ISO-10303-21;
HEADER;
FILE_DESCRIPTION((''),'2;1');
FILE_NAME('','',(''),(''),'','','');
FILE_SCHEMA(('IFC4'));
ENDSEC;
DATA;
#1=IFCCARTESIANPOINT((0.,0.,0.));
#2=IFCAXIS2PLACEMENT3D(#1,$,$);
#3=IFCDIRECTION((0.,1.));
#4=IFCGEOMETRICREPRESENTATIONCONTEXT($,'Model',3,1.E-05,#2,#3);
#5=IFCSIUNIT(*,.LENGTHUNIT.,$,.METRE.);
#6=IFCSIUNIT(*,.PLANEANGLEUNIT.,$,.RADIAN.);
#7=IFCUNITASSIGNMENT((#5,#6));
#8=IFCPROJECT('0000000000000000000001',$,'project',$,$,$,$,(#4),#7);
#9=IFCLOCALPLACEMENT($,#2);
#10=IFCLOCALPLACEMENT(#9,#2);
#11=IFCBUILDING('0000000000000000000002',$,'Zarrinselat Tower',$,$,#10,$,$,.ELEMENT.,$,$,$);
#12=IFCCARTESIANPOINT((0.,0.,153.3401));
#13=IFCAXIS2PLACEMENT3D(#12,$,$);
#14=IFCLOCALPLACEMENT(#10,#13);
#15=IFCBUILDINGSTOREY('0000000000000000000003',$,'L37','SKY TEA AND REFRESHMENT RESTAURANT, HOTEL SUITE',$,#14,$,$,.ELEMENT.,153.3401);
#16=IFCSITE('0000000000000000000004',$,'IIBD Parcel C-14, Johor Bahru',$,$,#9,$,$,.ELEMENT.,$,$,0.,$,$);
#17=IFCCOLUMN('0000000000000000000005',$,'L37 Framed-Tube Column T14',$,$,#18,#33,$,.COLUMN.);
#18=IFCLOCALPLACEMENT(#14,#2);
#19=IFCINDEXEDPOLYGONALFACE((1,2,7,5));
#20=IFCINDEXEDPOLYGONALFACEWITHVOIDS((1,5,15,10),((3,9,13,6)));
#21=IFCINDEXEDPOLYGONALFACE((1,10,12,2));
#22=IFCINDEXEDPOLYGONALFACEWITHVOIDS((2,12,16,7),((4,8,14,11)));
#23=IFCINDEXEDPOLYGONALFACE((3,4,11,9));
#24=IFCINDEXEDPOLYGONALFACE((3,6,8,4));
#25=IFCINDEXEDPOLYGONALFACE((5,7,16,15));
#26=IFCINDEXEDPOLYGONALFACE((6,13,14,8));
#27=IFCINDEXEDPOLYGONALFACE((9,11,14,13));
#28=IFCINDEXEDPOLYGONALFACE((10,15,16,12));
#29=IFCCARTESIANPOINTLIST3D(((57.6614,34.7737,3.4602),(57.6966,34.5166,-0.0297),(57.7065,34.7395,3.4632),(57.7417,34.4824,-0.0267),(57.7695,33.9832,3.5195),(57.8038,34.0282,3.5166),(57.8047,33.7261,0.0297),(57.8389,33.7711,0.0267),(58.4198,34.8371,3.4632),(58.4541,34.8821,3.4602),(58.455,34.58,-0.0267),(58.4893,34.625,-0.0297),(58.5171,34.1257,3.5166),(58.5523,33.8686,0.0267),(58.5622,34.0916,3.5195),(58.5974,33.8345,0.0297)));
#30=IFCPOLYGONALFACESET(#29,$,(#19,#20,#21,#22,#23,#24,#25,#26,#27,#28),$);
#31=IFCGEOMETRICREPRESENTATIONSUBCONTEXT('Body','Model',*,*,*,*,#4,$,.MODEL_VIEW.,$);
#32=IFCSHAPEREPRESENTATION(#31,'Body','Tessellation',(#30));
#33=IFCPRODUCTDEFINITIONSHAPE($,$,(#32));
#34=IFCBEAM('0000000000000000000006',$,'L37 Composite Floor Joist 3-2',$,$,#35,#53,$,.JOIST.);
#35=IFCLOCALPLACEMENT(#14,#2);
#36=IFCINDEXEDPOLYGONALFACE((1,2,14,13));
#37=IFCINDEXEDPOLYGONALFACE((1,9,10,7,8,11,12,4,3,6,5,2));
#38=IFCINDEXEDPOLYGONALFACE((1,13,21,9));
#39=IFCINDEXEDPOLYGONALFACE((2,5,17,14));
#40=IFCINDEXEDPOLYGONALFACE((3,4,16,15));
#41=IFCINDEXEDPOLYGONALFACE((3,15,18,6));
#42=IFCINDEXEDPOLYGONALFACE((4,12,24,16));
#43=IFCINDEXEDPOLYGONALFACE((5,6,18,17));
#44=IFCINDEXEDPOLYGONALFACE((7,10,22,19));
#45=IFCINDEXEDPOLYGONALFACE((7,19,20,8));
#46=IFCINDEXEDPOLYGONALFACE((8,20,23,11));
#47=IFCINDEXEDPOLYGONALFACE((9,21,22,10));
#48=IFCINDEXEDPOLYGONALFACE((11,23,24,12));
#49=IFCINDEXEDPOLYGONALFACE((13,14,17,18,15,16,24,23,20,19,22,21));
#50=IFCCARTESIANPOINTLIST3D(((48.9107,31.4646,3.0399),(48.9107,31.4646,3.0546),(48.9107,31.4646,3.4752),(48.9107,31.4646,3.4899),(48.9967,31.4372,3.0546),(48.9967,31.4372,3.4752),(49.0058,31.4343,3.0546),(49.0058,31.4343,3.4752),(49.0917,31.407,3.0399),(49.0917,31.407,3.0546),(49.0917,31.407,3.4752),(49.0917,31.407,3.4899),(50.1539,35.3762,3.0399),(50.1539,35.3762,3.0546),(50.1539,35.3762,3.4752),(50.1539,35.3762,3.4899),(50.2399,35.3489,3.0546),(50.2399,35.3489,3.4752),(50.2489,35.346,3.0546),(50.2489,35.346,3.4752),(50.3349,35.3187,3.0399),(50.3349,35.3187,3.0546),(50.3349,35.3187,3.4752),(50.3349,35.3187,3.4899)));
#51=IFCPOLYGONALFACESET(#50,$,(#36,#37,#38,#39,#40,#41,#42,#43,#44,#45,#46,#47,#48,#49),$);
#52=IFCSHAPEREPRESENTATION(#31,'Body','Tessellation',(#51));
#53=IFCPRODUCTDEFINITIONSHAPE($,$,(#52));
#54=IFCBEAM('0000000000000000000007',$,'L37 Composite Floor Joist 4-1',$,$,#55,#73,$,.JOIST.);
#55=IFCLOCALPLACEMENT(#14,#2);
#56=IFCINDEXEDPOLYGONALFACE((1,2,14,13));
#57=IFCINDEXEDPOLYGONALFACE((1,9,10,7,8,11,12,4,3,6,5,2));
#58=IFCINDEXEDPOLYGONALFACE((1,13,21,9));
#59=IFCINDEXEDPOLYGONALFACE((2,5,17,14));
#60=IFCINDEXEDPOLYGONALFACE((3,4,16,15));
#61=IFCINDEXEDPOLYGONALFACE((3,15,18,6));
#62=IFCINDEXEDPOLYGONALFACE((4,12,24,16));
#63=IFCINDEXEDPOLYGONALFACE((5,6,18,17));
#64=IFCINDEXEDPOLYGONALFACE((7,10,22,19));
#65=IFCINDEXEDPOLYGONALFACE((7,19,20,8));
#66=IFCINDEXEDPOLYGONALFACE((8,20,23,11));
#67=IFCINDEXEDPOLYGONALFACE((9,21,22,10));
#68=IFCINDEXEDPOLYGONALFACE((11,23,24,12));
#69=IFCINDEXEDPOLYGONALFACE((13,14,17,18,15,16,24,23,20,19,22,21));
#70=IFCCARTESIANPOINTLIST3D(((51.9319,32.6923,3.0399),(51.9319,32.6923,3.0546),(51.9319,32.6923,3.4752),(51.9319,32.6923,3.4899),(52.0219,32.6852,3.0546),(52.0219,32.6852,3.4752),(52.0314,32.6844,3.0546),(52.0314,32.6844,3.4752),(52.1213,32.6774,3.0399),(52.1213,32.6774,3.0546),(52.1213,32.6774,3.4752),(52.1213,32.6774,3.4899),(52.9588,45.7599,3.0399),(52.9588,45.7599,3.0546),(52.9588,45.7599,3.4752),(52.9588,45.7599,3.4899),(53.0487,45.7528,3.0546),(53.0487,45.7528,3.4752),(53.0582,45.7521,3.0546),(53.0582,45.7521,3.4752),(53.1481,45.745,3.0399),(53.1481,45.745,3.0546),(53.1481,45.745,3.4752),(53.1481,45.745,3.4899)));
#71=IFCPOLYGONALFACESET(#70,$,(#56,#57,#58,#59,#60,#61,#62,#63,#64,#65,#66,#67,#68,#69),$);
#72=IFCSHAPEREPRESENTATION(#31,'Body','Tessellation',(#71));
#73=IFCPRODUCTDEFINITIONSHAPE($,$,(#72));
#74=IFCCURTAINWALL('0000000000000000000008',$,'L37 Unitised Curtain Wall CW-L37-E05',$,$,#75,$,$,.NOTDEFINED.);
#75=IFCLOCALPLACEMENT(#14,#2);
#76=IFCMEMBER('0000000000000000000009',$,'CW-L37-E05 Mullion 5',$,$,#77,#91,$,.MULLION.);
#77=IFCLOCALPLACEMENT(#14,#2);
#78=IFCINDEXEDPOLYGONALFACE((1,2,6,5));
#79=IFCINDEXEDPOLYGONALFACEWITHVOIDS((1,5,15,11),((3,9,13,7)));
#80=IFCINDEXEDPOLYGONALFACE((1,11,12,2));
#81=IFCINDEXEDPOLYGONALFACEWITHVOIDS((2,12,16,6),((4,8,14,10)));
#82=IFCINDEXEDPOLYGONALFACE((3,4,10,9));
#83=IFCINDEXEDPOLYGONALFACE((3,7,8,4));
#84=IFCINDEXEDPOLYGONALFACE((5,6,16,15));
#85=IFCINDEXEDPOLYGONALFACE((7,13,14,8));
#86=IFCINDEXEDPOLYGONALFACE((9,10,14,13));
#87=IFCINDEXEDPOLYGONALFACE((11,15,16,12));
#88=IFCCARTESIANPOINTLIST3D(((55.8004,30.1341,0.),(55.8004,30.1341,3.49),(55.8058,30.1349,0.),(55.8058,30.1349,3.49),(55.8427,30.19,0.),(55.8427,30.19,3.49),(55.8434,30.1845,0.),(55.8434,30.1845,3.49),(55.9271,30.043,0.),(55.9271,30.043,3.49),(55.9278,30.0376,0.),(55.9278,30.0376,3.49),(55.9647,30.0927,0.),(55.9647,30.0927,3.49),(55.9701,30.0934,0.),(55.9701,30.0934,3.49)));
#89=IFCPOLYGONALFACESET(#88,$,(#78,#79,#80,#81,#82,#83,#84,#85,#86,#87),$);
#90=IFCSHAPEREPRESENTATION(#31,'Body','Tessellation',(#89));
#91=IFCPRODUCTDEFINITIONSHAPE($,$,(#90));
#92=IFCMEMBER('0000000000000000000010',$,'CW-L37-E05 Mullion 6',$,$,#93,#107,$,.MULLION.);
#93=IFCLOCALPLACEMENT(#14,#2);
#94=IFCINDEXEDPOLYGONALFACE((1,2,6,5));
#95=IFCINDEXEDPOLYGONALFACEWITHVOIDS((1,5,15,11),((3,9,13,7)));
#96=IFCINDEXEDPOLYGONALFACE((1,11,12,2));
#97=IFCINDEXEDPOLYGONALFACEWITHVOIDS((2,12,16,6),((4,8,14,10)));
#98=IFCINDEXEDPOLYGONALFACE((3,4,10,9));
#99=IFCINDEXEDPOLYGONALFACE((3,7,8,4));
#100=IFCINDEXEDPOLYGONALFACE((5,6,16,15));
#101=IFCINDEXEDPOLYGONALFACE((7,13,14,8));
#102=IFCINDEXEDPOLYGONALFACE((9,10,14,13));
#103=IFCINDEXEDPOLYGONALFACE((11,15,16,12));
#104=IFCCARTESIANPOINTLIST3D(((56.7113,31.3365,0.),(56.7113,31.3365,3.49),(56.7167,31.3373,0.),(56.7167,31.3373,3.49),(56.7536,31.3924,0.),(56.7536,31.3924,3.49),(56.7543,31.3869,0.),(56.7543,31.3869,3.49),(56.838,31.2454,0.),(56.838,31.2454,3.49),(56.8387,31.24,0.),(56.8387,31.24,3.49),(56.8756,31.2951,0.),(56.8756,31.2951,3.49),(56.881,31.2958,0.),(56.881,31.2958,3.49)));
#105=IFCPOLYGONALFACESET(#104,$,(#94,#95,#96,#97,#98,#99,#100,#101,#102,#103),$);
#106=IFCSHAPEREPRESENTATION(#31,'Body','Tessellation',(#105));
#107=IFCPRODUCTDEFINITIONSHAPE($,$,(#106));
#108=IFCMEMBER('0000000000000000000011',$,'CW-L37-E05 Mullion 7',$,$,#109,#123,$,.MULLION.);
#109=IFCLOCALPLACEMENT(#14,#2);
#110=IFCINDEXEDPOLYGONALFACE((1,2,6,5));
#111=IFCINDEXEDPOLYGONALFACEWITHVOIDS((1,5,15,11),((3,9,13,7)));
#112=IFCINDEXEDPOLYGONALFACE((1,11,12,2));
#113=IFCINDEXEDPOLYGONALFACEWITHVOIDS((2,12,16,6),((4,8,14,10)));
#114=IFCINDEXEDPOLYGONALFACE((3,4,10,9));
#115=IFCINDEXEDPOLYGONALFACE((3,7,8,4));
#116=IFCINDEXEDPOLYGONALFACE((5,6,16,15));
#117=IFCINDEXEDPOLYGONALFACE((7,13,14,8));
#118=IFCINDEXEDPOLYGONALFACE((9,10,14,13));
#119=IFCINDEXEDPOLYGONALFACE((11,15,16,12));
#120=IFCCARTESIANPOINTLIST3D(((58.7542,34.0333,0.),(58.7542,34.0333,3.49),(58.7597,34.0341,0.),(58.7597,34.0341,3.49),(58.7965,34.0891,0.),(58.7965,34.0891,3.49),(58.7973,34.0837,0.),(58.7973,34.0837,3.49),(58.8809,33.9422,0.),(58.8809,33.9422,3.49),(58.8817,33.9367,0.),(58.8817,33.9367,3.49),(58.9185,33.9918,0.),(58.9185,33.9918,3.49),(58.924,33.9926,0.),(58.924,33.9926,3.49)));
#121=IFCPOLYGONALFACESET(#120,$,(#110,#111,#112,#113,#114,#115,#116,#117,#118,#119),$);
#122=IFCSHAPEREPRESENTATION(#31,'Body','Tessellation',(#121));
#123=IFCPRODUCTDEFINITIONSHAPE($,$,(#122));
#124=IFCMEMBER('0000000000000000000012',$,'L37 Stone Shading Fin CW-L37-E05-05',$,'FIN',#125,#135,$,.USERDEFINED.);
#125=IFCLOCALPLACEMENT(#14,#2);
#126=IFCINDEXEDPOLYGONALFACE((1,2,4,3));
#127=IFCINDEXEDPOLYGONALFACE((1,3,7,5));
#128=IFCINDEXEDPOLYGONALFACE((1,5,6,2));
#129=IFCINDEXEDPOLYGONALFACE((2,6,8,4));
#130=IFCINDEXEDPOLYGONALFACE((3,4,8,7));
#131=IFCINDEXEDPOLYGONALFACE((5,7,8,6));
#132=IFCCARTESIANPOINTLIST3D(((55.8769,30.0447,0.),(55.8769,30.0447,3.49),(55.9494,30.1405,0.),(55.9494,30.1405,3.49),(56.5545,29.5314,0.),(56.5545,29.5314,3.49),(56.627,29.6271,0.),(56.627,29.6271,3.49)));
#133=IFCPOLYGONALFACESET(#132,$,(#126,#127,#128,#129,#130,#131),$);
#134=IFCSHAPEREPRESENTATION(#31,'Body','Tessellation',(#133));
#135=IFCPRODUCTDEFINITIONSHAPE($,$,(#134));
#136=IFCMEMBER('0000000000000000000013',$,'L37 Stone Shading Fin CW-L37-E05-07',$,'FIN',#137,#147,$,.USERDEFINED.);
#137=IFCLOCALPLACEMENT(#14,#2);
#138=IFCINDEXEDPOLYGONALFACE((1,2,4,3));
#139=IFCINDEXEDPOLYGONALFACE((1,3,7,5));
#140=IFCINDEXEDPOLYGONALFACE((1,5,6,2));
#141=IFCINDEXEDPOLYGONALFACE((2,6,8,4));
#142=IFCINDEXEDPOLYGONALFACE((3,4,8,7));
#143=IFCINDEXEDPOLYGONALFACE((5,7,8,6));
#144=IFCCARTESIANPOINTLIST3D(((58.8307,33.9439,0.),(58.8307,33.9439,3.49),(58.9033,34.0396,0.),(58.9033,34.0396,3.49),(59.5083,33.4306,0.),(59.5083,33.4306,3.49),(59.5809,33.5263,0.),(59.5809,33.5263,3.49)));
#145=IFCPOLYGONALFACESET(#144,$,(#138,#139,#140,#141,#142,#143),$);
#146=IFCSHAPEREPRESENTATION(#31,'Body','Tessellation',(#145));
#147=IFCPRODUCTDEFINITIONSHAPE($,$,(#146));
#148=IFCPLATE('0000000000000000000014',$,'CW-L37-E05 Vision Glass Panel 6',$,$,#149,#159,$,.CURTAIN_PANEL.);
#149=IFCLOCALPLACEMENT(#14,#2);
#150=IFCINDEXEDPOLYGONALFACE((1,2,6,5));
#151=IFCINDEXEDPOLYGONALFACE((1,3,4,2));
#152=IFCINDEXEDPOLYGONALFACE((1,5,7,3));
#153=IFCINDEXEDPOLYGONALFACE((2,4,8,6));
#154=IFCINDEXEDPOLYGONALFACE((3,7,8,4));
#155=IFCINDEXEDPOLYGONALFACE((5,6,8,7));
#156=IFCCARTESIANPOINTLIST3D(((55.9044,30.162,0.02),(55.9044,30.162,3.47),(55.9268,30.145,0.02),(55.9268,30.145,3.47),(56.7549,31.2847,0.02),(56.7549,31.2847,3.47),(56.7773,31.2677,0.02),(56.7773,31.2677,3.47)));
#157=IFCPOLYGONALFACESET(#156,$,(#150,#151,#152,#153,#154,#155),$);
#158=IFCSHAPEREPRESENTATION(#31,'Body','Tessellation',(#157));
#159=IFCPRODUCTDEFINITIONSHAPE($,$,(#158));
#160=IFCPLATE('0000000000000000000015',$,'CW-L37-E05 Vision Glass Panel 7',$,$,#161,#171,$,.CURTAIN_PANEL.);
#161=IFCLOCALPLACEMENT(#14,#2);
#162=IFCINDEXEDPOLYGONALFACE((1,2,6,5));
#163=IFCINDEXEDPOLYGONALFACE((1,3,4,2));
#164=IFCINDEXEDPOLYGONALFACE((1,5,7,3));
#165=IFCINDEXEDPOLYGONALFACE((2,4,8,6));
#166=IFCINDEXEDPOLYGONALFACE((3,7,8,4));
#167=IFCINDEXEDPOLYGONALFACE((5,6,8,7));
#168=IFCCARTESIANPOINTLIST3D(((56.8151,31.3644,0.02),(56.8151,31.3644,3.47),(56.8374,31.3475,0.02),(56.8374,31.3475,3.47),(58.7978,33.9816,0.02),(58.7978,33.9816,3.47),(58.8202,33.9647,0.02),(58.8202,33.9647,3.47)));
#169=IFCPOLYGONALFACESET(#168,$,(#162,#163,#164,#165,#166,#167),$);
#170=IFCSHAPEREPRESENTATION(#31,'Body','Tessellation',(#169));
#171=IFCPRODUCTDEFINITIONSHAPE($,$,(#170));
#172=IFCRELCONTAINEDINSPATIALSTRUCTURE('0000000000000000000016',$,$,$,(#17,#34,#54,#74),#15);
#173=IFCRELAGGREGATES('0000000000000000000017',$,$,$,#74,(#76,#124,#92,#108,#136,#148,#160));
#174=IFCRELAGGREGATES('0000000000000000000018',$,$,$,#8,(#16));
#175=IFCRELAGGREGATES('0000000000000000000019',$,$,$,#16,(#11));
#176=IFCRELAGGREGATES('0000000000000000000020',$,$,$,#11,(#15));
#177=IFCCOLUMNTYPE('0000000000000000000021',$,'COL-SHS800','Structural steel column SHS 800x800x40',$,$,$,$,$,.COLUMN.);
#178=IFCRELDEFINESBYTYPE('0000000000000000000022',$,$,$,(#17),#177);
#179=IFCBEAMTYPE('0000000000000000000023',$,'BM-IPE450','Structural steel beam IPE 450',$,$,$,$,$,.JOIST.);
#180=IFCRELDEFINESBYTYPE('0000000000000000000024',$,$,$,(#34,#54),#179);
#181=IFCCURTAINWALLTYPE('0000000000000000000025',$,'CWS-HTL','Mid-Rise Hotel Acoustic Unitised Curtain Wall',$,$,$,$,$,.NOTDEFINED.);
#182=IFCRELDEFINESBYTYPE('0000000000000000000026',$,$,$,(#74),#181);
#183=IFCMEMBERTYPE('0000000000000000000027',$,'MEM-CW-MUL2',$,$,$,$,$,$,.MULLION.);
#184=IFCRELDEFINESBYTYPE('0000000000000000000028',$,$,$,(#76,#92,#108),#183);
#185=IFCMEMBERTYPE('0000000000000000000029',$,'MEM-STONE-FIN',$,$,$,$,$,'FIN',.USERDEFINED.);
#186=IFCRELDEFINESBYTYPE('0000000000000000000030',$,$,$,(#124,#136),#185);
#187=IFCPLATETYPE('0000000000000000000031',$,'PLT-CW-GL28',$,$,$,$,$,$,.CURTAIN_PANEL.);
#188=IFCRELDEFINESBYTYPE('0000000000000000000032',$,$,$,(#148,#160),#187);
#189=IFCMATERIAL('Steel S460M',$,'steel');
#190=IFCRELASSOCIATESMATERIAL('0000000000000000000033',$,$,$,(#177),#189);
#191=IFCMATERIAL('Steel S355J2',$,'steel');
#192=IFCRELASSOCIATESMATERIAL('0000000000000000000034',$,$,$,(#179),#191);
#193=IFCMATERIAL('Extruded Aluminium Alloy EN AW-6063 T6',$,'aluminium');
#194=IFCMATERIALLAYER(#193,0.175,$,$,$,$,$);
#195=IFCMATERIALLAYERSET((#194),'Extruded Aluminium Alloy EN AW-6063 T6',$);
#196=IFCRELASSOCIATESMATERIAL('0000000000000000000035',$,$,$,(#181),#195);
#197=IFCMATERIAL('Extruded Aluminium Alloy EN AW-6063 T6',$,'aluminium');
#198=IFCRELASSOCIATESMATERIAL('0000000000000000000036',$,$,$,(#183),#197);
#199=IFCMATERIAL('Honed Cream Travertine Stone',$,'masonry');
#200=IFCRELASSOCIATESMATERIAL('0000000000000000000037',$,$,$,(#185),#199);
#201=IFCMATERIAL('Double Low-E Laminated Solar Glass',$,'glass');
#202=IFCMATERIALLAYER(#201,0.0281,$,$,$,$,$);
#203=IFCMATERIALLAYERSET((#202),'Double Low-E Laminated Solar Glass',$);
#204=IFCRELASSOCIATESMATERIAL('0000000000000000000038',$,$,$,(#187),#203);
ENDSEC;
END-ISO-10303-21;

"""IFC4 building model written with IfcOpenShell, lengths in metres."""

from ifc_helpers import new_model, si_unit, direction, frame, origin, origin_2d, place, context, subcontext, project, spatial, rectangle, hollow_rectangle, i_section, extrude, material, layer, layer_set, material_profile, profile_set, type_object, element, aggregate, save


model = new_model("IFC4")

# Units and contexts
model_context = context("Model", 3, precision=1e-05, world=origin(), true_north=direction((0.0, 1.0)))
body_context = subcontext(model_context, "Body", "Model", "MODEL_VIEW")
ifc_project = project(units=[si_unit("LENGTHUNIT", "METRE"), si_unit("PLANEANGLEUNIT", "RADIAN")], contexts=[model_context])

# Site, building, storey
site_placement = place(None, origin())
site = spatial("IfcSite", under=ifc_project, at=site_placement, Name="IIBD Parcel C-14, Johor Bahru", CompositionType="ELEMENT", RefElevation=0.0)
building_placement = place(site_placement, origin())
building = spatial("IfcBuilding", under=site, at=building_placement, Name="Zarrinselat Tower", CompositionType="ELEMENT")
storey_placement = place(building_placement, frame((0.0, 0.0, 153.3401)))
storey = spatial("IfcBuildingStorey", under=building, at=storey_placement, Name="L37", Description="SKY TEA AND REFRESHMENT RESTAURANT, HOTEL SUITE", CompositionType="ELEMENT", Elevation=153.3401)

# Column
ifc_material_1 = material(Name="Steel S460M", Category="steel")
ifc_material_profile_1 = material_profile(ifc_material_1, hollow_rectangle(XDim=0.8, YDim=0.8, WallThickness=0.04, at=origin_2d()), Name="SHS 800x800x40")
ifc_profile_set_1 = profile_set([ifc_material_profile_1], Name="Steel S460M")
column_type = type_object("IfcColumnType", Name="COL-SHS800", Description="Structural steel column SHS 800x800x40", PredefinedType="COLUMN", material=ifc_profile_set_1)
column_placement = place(storey_placement, frame((58.147, 34.1755, 0.0), z_axis=(-0.010046, 0.073459, 0.997248), x_axis=(-0.990779, -0.135491, 0.0)))
element("IfcColumn", 1, at=column_placement, inside=storey, type_object=column_type, Name="L37 Framed-Tube Column T14", PredefinedType="COLUMN", context=body_context, shape_type="SweptSolid", body=[
    extrude(hollow_rectangle(XDim=0.8, YDim=0.8, WallThickness=0.04, at=origin_2d()), origin(), (0.0, 0.0, 1.0), 3.4995),
])

# Beams
ifc_material_2 = material(Name="Steel S355J2", Category="steel")
ifc_material_profile_2 = material_profile(ifc_material_2, i_section(OverallWidth=0.1899, OverallDepth=0.45, WebThickness=0.0095, FlangeThickness=0.0146, at=origin_2d()), Name="IPE 450")
ifc_profile_set_2 = profile_set([ifc_material_profile_2], Name="Steel S355J2")
beam_type = type_object("IfcBeamType", Name="BM-IPE450", Description="Structural steel beam IPE 450", PredefinedType="JOIST", material=ifc_profile_set_2)
beam_1_placement = place(storey_placement, frame((49.0012, 31.4358, 3.2649), z_axis=(0.302884, 0.953027, 0.0), x_axis=(-0.953027, 0.302884, 0.0)))
element("IfcBeam", 2, at=beam_1_placement, inside=storey, type_object=beam_type, Name="L37 Composite Floor Joist 3-2", PredefinedType="JOIST", context=body_context, shape_type="SweptSolid", body=[
    extrude(i_section(OverallWidth=0.1899, OverallDepth=0.45, WebThickness=0.0095, FlangeThickness=0.0146, at=origin_2d()), origin(), (0.0, 0.0, 1.0), 4.1045),
])
beam_2_placement = place(storey_placement, frame((52.0266, 32.6848, 3.2649), z_axis=(0.078339, 0.996927, 0.0), x_axis=(-0.996927, 0.078339, 0.0)))
element("IfcBeam", 3, at=beam_2_placement, inside=storey, type_object=beam_type, Name="L37 Composite Floor Joist 4-1", PredefinedType="JOIST", context=body_context, shape_type="SweptSolid", body=[
    extrude(i_section(OverallWidth=0.1899, OverallDepth=0.45, WebThickness=0.0095, FlangeThickness=0.0146, at=origin_2d()), origin(), (0.0, 0.0, 1.0), 13.1079),
])

# Curtain wall, members, plates
ifc_material_3 = material(Name="Extruded Aluminium Alloy EN AW-6063 T6", Category="aluminium")
ifc_layer_1 = layer(ifc_material_3, 0.175)
ifc_layer_set_1 = layer_set([ifc_layer_1], Name="Extruded Aluminium Alloy EN AW-6063 T6")
curtain_wall_type = type_object("IfcCurtainWallType", Name="CWS-HTL", Description="Mid-Rise Hotel Acoustic Unitised Curtain Wall", PredefinedType="NOTDEFINED", material=ifc_layer_set_1)
curtain_wall_placement = place(storey_placement, origin())
curtain_wall = element("IfcCurtainWall", 4, at=curtain_wall_placement, inside=storey, type_object=curtain_wall_type, Name="L37 Unitised Curtain Wall CW-L37-E05", PredefinedType="NOTDEFINED")
ifc_material_4 = material(Name="Extruded Aluminium Alloy EN AW-6063 T6", Category="aluminium")
ifc_material_profile_3 = material_profile(ifc_material_4, hollow_rectangle(XDim=0.0701, YDim=0.1599, WallThickness=0.0039, at=origin_2d()), Name="RHS 160x70x4")
ifc_profile_set_3 = profile_set([ifc_material_profile_3], Name="Extruded Aluminium Alloy EN AW-6063 T6")
member_type_1 = type_object("IfcMemberType", Name="MEM-CW-MUL2", PredefinedType="MULLION", material=ifc_profile_set_3)
member_1_placement = place(storey_placement, frame((55.8853, 30.1138, 0.0), z_axis=(0.0, 0.0, 1.0), x_axis=(0.603858, 0.797092, 0.0)))
member_1 = element("IfcMember", 5, at=member_1_placement, type_object=member_type_1, Name="CW-L37-E05 Mullion 5", PredefinedType="MULLION", context=body_context, shape_type="SweptSolid", body=[
    extrude(hollow_rectangle(XDim=0.0701, YDim=0.1599, WallThickness=0.0039, at=origin_2d()), origin(), (0.0, 0.0, 1.0), 3.49),
])
member_2_placement = place(storey_placement, frame((56.7961, 31.3162, 0.0), z_axis=(0.0, 0.0, 1.0), x_axis=(0.603858, 0.797092, 0.0)))
member_2 = element("IfcMember", 6, at=member_2_placement, type_object=member_type_1, Name="CW-L37-E05 Mullion 6", PredefinedType="MULLION", context=body_context, shape_type="SweptSolid", body=[
    extrude(hollow_rectangle(XDim=0.0701, YDim=0.1599, WallThickness=0.0039, at=origin_2d()), origin(), (0.0, 0.0, 1.0), 3.49),
])
member_3_placement = place(storey_placement, frame((58.8391, 34.0129, 0.0), z_axis=(0.0, 0.0, 1.0), x_axis=(0.603858, 0.797092, 0.0)))
member_3 = element("IfcMember", 7, at=member_3_placement, type_object=member_type_1, Name="CW-L37-E05 Mullion 7", PredefinedType="MULLION", context=body_context, shape_type="SweptSolid", body=[
    extrude(hollow_rectangle(XDim=0.0701, YDim=0.1599, WallThickness=0.0039, at=origin_2d()), origin(), (0.0, 0.0, 1.0), 3.49),
])
ifc_material_5 = material(Name="Honed Cream Travertine Stone", Category="masonry")
ifc_material_profile_4 = material_profile(ifc_material_5, rectangle(XDim=0.1201, YDim=0.8501, at=origin_2d()), Name="FIN 850x120")
ifc_profile_set_4 = profile_set([ifc_material_profile_4], Name="Honed Cream Travertine Stone")
member_type_2 = type_object("IfcMemberType", Name="MEM-STONE-FIN", ElementType="FIN", PredefinedType="USERDEFINED", material=ifc_profile_set_4)
member_4_placement = place(storey_placement, frame((56.252, 29.8359, 0.0), z_axis=(0.0, 0.0, 1.0), x_axis=(-0.603858, -0.797092, 0.0)))
member_4 = element("IfcMember", 8, at=member_4_placement, type_object=member_type_2, Name="L37 Stone Shading Fin CW-L37-E05-05", ObjectType="FIN", PredefinedType="USERDEFINED", context=body_context, shape_type="SweptSolid", body=[
    extrude(rectangle(XDim=0.1201, YDim=0.8501, at=origin_2d()), origin(), (0.0, 0.0, 1.0), 3.49),
])
member_5_placement = place(storey_placement, frame((59.2058, 33.7351, 0.0), z_axis=(0.0, 0.0, 1.0), x_axis=(-0.603858, -0.797092, 0.0)))
member_5 = element("IfcMember", 9, at=member_5_placement, type_object=member_type_2, Name="L37 Stone Shading Fin CW-L37-E05-07", ObjectType="FIN", PredefinedType="USERDEFINED", context=body_context, shape_type="SweptSolid", body=[
    extrude(rectangle(XDim=0.1201, YDim=0.8501, at=origin_2d()), origin(), (0.0, 0.0, 1.0), 3.49),
])
ifc_material_6 = material(Name="Double Low-E Laminated Solar Glass", Category="glass")
ifc_layer_2 = layer(ifc_material_6, 0.0281)
ifc_layer_set_2 = layer_set([ifc_layer_2], Name="Double Low-E Laminated Solar Glass")
plate_type = type_object("IfcPlateType", Name="PLT-CW-GL28", PredefinedType="CURTAIN_PANEL", material=ifc_layer_set_2)
plate_1_placement = place(storey_placement, frame((56.3408, 30.7148, 0.02), z_axis=(0.0, 0.0, 1.0), x_axis=(0.603858, 0.797092, 0.0)))
plate_1 = element("IfcPlate", 10, at=plate_1_placement, type_object=plate_type, Name="CW-L37-E05 Vision Glass Panel 6", PredefinedType="CURTAIN_PANEL", context=body_context, shape_type="SweptSolid", body=[
    extrude(rectangle(XDim=1.4084, YDim=0.0281, at=origin_2d()), origin(), (0.0, 0.0, 1.0), 3.45),
])
plate_2_placement = place(storey_placement, frame((57.8176, 32.6646, 0.02), z_axis=(0.0, 0.0, 1.0), x_axis=(0.603858, 0.797092, 0.0)))
plate_2 = element("IfcPlate", 11, at=plate_2_placement, type_object=plate_type, Name="CW-L37-E05 Vision Glass Panel 7", PredefinedType="CURTAIN_PANEL", context=body_context, shape_type="SweptSolid", body=[
    extrude(rectangle(XDim=3.2834, YDim=0.0281, at=origin_2d()), origin(), (0.0, 0.0, 1.0), 3.45),
])
aggregate(curtain_wall, [member_1, member_4, member_2, member_3, member_5, plate_1, plate_2])

save(model, "model.ifc")
